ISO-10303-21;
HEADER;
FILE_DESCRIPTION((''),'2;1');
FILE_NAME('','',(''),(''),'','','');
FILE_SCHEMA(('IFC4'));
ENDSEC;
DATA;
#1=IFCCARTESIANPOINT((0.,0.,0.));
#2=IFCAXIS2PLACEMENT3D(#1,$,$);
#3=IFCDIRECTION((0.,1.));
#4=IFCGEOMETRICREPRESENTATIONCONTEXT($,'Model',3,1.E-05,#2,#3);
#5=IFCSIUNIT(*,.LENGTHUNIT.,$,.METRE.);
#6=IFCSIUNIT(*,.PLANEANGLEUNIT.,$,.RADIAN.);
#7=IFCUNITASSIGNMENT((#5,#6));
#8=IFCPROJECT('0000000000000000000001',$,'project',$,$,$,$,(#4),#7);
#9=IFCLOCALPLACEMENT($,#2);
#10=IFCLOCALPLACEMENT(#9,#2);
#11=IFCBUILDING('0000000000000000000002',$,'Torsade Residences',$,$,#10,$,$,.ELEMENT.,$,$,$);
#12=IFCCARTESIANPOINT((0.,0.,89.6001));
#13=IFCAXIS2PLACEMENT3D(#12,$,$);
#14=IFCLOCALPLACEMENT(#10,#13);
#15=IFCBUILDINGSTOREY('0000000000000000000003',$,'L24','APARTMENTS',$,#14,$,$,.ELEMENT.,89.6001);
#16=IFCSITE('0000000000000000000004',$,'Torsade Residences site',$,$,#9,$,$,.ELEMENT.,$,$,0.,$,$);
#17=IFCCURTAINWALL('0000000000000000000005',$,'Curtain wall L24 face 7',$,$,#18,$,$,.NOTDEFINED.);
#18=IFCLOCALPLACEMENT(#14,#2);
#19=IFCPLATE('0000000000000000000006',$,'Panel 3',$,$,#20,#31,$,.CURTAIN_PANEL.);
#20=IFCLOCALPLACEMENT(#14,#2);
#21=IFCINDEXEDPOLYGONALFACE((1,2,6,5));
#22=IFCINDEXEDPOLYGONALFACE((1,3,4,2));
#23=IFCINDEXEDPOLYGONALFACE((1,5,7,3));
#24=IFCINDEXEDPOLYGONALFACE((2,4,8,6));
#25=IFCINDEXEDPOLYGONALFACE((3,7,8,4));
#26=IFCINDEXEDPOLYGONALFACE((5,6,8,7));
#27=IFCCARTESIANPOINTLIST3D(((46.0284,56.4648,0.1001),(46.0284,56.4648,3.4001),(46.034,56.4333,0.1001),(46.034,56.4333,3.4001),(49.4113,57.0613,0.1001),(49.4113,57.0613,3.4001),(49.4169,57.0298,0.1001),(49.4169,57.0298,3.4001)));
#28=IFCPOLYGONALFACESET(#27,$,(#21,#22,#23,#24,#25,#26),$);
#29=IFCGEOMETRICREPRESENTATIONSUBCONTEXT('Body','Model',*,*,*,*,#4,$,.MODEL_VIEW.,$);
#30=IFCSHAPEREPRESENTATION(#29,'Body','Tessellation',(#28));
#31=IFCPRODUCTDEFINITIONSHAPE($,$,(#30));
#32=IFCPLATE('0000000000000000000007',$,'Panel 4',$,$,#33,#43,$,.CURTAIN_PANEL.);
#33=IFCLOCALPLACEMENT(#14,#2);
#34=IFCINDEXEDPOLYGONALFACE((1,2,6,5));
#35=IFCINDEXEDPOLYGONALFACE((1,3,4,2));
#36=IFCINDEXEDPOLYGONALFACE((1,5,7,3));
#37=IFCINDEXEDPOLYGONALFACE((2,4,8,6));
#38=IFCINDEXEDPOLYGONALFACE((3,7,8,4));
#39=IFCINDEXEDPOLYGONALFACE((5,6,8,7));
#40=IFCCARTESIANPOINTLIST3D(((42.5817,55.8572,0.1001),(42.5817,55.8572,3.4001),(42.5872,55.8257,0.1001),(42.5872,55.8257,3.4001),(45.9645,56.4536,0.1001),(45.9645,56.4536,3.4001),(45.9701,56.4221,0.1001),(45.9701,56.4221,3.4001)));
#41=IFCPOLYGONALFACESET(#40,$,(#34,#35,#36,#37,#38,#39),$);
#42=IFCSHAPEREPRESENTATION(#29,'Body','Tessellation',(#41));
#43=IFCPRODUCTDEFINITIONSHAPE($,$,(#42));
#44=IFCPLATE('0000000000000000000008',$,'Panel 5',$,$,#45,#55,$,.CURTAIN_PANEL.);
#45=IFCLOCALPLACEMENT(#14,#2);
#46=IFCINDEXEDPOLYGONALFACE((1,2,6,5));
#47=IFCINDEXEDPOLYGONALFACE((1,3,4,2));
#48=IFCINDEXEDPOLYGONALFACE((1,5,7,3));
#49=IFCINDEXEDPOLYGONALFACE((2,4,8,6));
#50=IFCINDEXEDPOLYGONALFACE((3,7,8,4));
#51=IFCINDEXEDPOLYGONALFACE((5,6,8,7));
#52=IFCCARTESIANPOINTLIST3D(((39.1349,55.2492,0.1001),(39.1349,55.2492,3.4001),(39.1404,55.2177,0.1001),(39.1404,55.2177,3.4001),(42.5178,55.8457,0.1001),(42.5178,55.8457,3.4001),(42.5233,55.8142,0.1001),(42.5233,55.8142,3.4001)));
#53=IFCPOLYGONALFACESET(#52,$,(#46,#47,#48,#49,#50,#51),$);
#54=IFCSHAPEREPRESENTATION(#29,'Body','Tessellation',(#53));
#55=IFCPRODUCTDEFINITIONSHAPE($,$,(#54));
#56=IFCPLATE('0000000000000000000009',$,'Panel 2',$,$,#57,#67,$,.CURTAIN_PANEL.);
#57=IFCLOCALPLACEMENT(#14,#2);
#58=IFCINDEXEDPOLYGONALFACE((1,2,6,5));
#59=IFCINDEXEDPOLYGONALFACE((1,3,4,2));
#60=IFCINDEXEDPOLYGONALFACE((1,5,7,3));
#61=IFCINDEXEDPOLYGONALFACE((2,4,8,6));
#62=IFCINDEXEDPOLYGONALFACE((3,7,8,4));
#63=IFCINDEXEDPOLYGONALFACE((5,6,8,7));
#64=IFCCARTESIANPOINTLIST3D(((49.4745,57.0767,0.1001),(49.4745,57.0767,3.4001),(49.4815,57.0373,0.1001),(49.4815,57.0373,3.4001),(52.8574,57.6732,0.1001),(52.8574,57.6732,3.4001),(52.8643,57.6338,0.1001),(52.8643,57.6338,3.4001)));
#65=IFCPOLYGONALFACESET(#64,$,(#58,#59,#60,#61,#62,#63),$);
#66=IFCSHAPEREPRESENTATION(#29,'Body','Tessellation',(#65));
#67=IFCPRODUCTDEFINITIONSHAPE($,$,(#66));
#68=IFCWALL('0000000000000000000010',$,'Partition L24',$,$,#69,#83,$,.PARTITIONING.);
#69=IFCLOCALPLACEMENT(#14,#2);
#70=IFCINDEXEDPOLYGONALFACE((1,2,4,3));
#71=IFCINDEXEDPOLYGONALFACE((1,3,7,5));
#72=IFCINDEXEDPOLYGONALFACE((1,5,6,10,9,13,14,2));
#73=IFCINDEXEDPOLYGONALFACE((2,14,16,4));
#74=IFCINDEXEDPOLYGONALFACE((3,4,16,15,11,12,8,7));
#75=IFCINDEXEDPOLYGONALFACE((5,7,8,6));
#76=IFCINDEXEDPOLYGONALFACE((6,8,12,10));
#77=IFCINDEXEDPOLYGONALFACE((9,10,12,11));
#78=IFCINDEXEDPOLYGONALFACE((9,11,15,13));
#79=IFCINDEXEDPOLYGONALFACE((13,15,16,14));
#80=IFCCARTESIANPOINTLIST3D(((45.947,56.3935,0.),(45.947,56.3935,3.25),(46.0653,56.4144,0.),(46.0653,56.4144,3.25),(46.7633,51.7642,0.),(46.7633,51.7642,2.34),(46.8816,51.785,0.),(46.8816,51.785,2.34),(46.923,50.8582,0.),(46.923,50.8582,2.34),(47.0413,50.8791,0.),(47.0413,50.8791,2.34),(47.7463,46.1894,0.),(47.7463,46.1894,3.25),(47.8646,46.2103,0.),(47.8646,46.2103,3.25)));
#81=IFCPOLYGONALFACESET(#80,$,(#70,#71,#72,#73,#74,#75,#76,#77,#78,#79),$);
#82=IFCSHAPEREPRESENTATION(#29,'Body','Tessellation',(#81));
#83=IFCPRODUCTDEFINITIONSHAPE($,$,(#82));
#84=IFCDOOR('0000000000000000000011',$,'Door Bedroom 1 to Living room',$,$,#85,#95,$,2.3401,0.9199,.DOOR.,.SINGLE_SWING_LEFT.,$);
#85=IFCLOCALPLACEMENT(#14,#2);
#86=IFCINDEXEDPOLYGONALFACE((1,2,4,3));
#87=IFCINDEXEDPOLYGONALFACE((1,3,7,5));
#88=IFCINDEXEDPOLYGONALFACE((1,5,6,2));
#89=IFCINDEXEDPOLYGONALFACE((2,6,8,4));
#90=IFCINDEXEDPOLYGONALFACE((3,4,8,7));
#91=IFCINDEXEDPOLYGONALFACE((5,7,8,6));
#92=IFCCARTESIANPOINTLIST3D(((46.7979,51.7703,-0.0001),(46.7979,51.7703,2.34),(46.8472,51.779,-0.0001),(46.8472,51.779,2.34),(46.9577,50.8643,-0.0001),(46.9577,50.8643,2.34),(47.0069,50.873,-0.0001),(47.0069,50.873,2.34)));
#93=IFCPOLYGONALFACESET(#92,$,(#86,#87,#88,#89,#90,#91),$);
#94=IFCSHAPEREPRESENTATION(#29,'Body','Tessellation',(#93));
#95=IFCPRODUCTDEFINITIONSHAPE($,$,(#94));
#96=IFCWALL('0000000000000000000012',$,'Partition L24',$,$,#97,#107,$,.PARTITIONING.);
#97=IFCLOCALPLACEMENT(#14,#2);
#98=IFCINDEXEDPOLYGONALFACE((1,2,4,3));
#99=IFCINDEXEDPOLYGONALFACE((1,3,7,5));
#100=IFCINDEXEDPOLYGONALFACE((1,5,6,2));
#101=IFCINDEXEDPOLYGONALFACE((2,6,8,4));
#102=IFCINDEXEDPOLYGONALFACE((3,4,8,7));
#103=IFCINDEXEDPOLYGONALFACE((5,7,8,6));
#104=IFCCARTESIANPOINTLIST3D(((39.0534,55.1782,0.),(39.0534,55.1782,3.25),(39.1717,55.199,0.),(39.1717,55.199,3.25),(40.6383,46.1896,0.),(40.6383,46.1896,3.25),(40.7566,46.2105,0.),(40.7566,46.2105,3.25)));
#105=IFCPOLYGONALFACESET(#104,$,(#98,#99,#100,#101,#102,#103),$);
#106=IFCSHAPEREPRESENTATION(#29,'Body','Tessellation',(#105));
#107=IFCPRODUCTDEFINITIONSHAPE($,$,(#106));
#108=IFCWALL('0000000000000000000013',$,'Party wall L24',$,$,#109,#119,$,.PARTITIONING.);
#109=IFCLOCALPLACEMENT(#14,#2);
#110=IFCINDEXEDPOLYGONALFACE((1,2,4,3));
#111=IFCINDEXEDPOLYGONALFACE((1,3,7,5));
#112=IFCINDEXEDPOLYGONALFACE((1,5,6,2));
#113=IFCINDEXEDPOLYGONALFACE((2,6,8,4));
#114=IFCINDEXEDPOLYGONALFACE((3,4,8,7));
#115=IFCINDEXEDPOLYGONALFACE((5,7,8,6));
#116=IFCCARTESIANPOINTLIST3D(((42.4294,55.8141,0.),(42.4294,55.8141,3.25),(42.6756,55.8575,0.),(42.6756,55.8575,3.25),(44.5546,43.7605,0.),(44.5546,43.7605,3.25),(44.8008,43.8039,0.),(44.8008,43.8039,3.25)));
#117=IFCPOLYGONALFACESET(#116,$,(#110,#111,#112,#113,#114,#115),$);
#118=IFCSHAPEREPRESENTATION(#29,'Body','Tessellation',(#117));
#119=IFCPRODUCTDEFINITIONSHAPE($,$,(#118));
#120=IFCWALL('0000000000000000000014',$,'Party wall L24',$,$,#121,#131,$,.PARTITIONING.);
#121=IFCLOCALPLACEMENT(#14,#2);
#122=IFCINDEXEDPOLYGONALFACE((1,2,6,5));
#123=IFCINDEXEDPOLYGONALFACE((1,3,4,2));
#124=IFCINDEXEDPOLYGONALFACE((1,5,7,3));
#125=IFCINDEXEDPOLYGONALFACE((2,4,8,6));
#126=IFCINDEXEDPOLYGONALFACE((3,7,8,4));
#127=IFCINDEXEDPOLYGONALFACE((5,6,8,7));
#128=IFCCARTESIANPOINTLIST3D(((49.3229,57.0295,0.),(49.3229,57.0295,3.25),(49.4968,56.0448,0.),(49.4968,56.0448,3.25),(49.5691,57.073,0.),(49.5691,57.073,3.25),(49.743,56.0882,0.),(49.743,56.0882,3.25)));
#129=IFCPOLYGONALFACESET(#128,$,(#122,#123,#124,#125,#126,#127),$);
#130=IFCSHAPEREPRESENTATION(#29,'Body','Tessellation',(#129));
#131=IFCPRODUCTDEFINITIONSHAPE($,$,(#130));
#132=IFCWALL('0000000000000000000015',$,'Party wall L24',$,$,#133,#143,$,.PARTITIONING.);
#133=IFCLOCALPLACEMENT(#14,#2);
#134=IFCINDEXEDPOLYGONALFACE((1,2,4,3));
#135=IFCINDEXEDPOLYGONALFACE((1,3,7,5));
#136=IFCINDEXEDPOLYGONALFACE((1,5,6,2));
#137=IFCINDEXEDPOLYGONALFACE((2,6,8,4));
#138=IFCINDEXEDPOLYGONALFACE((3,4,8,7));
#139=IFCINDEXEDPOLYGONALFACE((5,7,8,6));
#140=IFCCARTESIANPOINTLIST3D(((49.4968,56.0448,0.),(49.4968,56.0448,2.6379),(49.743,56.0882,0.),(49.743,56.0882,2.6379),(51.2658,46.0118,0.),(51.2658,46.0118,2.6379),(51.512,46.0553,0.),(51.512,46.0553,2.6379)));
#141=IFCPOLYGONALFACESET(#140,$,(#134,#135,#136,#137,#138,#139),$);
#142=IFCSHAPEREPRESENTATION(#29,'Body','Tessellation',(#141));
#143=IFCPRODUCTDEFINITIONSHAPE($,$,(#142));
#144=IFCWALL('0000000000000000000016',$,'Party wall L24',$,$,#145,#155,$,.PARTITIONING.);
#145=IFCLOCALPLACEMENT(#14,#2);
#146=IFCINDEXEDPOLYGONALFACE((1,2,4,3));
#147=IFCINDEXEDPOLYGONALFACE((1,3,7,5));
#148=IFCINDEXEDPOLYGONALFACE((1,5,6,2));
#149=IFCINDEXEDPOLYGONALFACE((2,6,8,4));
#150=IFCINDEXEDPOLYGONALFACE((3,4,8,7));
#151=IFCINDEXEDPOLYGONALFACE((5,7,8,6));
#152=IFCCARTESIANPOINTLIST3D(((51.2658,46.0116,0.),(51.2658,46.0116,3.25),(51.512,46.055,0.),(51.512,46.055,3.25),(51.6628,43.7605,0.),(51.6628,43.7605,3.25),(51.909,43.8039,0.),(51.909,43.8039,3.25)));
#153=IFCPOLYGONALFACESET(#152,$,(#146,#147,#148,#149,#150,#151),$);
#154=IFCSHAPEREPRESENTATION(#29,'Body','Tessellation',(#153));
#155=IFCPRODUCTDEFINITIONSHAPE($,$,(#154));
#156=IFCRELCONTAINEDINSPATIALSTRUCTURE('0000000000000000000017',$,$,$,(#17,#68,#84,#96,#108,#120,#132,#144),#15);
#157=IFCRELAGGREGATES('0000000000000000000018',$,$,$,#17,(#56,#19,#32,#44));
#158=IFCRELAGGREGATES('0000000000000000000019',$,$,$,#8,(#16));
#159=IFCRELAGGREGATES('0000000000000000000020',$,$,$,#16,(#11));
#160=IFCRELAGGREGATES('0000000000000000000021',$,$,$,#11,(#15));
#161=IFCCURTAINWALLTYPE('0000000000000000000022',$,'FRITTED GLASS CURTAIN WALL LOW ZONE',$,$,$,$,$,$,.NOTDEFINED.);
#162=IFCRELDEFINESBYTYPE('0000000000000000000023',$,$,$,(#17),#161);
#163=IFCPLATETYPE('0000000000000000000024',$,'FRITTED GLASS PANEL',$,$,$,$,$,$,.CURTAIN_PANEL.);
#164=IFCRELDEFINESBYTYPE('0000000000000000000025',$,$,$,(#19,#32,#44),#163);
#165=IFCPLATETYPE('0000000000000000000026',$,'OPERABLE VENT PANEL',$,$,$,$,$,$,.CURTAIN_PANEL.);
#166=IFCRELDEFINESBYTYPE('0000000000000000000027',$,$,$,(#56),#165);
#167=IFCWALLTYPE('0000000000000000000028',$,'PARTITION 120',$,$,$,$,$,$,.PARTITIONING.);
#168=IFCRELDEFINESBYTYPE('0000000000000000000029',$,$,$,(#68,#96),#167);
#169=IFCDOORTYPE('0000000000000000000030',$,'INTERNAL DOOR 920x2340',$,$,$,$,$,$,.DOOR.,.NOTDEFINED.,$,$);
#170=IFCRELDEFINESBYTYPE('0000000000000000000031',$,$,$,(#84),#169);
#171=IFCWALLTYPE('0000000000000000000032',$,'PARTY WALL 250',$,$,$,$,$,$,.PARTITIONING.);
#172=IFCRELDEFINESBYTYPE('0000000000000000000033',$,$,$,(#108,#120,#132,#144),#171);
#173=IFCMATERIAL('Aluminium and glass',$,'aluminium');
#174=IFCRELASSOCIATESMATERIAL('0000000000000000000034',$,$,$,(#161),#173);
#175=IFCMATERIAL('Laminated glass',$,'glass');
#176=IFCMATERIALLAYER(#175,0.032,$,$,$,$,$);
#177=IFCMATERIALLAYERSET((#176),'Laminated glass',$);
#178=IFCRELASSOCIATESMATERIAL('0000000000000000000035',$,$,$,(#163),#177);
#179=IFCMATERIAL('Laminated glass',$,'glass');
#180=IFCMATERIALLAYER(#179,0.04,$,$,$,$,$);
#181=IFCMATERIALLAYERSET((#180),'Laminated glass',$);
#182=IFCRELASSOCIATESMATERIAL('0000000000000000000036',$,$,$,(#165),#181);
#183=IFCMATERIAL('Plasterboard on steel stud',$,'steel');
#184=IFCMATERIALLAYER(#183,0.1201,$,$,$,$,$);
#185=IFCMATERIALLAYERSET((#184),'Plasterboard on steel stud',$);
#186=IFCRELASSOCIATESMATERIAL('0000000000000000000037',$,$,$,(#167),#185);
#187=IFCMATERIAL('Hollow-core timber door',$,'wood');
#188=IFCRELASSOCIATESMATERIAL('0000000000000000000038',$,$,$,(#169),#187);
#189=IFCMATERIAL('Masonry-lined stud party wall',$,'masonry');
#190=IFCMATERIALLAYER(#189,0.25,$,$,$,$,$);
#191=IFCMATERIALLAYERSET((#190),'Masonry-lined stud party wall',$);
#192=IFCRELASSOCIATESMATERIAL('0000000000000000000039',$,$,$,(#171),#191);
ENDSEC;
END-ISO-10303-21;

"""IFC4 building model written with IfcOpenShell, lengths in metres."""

from ifc_helpers import new_model, si_unit, direction, frame, frame_2d, origin, origin_2d, place, context, subcontext, project, spatial, rectangle, extrude, material, layer, layer_set, type_object, element, fill, aggregate, save


model = new_model("IFC4")

# Units and contexts
model_context = context("Model", 3, precision=1e-05, world=origin(), true_north=direction((0.0, 1.0)))
body_context = subcontext(model_context, "Body", "Model", "MODEL_VIEW")
ifc_project = project(units=[si_unit("LENGTHUNIT", "METRE"), si_unit("PLANEANGLEUNIT", "RADIAN")], contexts=[model_context])

# Site, building, storey
site_placement = place(None, origin())
site = spatial("IfcSite", under=ifc_project, at=site_placement, Name="Torsade Residences site", CompositionType="ELEMENT", RefElevation=0.0)
building_placement = place(site_placement, origin())
building = spatial("IfcBuilding", under=site, at=building_placement, Name="Torsade Residences", CompositionType="ELEMENT")
storey_placement = place(building_placement, frame((0.0, 0.0, 89.6001)))
storey = spatial("IfcBuildingStorey", under=building, at=storey_placement, Name="L24", Description="APARTMENTS", CompositionType="ELEMENT", Elevation=89.6001)

# Curtain wall
ifc_material_1 = material(Name="Aluminium and glass", Category="aluminium")
curtain_wall_type = type_object("IfcCurtainWallType", Name="FRITTED GLASS CURTAIN WALL LOW ZONE", PredefinedType="NOTDEFINED", material=ifc_material_1)
curtain_wall_placement = place(storey_placement, origin())
curtain_wall = element("IfcCurtainWall", 1, at=curtain_wall_placement, inside=storey, type_object=curtain_wall_type, Name="Curtain wall L24 face 7", PredefinedType="NOTDEFINED")

# Plates
ifc_material_2 = material(Name="Laminated glass", Category="glass")
ifc_layer_1 = layer(ifc_material_2, 0.032)
ifc_layer_set_1 = layer_set([ifc_layer_1], Name="Laminated glass")
plate_type_1 = type_object("IfcPlateType", Name="FRITTED GLASS PANEL", PredefinedType="CURTAIN_PANEL", material=ifc_layer_set_1)
plate_1_placement = place(storey_placement, frame((47.7227, 56.7473, 0.1001), z_axis=(0.0, 0.0, 1.0), x_axis=(-0.984808, -0.173648, 0.0)))
plate_1 = element("IfcPlate", 2, at=plate_1_placement, type_object=plate_type_1, Name="Panel 3", PredefinedType="CURTAIN_PANEL", context=body_context, shape_type="SweptSolid", body=[
    extrude(rectangle(XDim=3.4351, YDim=0.032, at=origin_2d()), origin(), (0.0, 0.0, 1.0), 3.3),
])
plate_2_placement = place(storey_placement, frame((44.2759, 56.1396, 0.1001), z_axis=(0.0, 0.0, 1.0), x_axis=(-0.984808, -0.173648, 0.0)))
plate_2 = element("IfcPlate", 3, at=plate_2_placement, type_object=plate_type_1, Name="Panel 4", PredefinedType="CURTAIN_PANEL", context=body_context, shape_type="SweptSolid", body=[
    extrude(rectangle(XDim=3.4351, YDim=0.032, at=origin_2d()), origin(), (0.0, 0.0, 1.0), 3.3),
])
plate_3_placement = place(storey_placement, frame((40.8291, 55.5317, 0.1001), z_axis=(0.0, 0.0, 1.0), x_axis=(-0.984808, -0.173648, 0.0)))
plate_3 = element("IfcPlate", 4, at=plate_3_placement, type_object=plate_type_1, Name="Panel 5", PredefinedType="CURTAIN_PANEL", context=body_context, shape_type="SweptSolid", body=[
    extrude(rectangle(XDim=3.4351, YDim=0.032, at=origin_2d()), origin(), (0.0, 0.0, 1.0), 3.3),
])
ifc_material_3 = material(Name="Laminated glass", Category="glass")
ifc_layer_2 = layer(ifc_material_3, 0.04)
ifc_layer_set_2 = layer_set([ifc_layer_2], Name="Laminated glass")
plate_type_2 = type_object("IfcPlateType", Name="OPERABLE VENT PANEL", PredefinedType="CURTAIN_PANEL", material=ifc_layer_set_2)
plate_4_placement = place(storey_placement, frame((51.1694, 57.3552, 0.1001), z_axis=(0.0, 0.0, 1.0), x_axis=(-0.984808, -0.173648, 0.0)))
plate_4 = element("IfcPlate", 5, at=plate_4_placement, type_object=plate_type_2, Name="Panel 2", PredefinedType="CURTAIN_PANEL", context=body_context, shape_type="SweptSolid", body=[
    extrude(rectangle(XDim=3.4351, YDim=0.04, at=origin_2d()), origin(), (0.0, 0.0, 1.0), 3.3),
])
aggregate(curtain_wall, [plate_4, plate_1, plate_2, plate_3])

# Wall, opening, door
ifc_material_4 = material(Name="Plasterboard on steel stud", Category="steel")
ifc_layer_3 = layer(ifc_material_4, 0.1201)
ifc_layer_set_3 = layer_set([ifc_layer_3], Name="Plasterboard on steel stud")
wall_type_1 = type_object("IfcWallType", Name="PARTITION 120", PredefinedType="PARTITIONING", material=ifc_layer_set_3)
wall_1_placement = place(storey_placement, frame((47.8054, 46.2, 0.0), z_axis=(0.0, 0.0, 1.0), x_axis=(-0.173654, 0.984807, 0.0)))
wall_1 = element("IfcWall", 6, at=wall_1_placement, inside=storey, type_object=wall_type_1, Name="Partition L24", PredefinedType="PARTITIONING", context=body_context, shape_type="SweptSolid", body=[
    extrude(rectangle(XDim=10.3616, YDim=0.1201, at=frame_2d((5.1807, 0.0))), origin(), (0.0, 0.0, 1.0), 3.25),
])
opening_placement = place(wall_1_placement, frame((4.7407, 0.0, 0.0)))
opening = element("IfcOpeningElement", 7, at=opening_placement, cuts=wall_1, PredefinedType="OPENING", context=body_context, shape_type="SweptSolid", body=[
    extrude(rectangle(XDim=0.9199, YDim=2.3401, at=frame_2d((0.46, 1.1699))), frame((0.0, 0.0701, 0.0), z_axis=(0.0, -1.0, 0.0), x_axis=(1.0, 0.0, 0.0)), (0.0, 0.0, 1.0), 0.1401),
])
ifc_material_5 = material(Name="Hollow-core timber door", Category="wood")
door_type = type_object("IfcDoorType", Name="INTERNAL DOOR 920x2340", OperationType="NOTDEFINED", PredefinedType="DOOR", material=ifc_material_5)
door_placement = place(opening_placement, origin())
door = element("IfcDoor", 8, at=door_placement, inside=storey, type_object=door_type, Name="Door Bedroom 1 to Living room", OperationType="SINGLE_SWING_LEFT", OverallHeight=2.3401, OverallWidth=0.9199, PredefinedType="DOOR", context=body_context, shape_type="SweptSolid", body=[
    extrude(rectangle(XDim=0.9199, YDim=2.3401, at=frame_2d((0.46, 1.1699))), frame((0.0, 0.0249, 0.0), z_axis=(0.0, -1.0, 0.0), x_axis=(1.0, 0.0, 0.0)), (0.0, 0.0, 1.0), 0.05),
])
fill(opening, door)

# Walls
wall_2_placement = place(storey_placement, frame((39.1125, 55.1885, 0.0), z_axis=(0.0, 0.0, 1.0), x_axis=(0.173653, -0.984807, 0.0)))
element("IfcWall", 9, at=wall_2_placement, inside=storey, type_object=wall_type_1, Name="Partition L24", PredefinedType="PARTITIONING", context=body_context, shape_type="SweptSolid", body=[
    extrude(rectangle(XDim=9.1272, YDim=0.1201, at=frame_2d((4.5635, 0.0))), origin(), (0.0, 0.0, 1.0), 3.25),
])
ifc_material_6 = material(Name="Masonry-lined stud party wall", Category="masonry")
ifc_layer_4 = layer(ifc_material_6, 0.25)
ifc_layer_set_4 = layer_set([ifc_layer_4], Name="Masonry-lined stud party wall")
wall_type_2 = type_object("IfcWallType", Name="PARTY WALL 250", PredefinedType="PARTITIONING", material=ifc_layer_set_4)
wall_3_placement = place(storey_placement, frame((42.5525, 55.8357, 0.0), z_axis=(0.0, 0.0, 1.0), x_axis=(0.17364, -0.984809, 0.0)))
element("IfcWall", 10, at=wall_3_placement, inside=storey, type_object=wall_type_2, Name="Party wall L24", PredefinedType="PARTITIONING", context=body_context, shape_type="SweptSolid", body=[
    extrude(rectangle(XDim=12.2395, YDim=0.25, at=frame_2d((6.1196, 0.0))), origin(), (0.0, 0.0, 1.0), 3.25),
])
wall_4_placement = place(storey_placement, frame((49.446, 57.0513, 0.0), z_axis=(0.0, 0.0, 1.0), x_axis=(0.173813, -0.984779, 0.0)))
element("IfcWall", 11, at=wall_4_placement, inside=storey, type_object=wall_type_2, Name="Party wall L24", PredefinedType="PARTITIONING", context=body_context, shape_type="SweptSolid", body=[
    extrude(rectangle(XDim=1.0, YDim=0.25, at=frame_2d((0.5, 0.0))), origin(), (0.0, 0.0, 1.0), 3.25),
])
wall_5_placement = place(storey_placement, frame((49.6199, 56.0664, 0.0), z_axis=(0.0, 0.0, 1.0), x_axis=(0.173645, -0.984808, 0.0)))
element("IfcWall", 12, at=wall_5_placement, inside=storey, type_object=wall_type_2, Name="Party wall L24", PredefinedType="PARTITIONING", context=body_context, shape_type="SweptSolid", body=[
    extrude(rectangle(XDim=10.1877, YDim=0.25, at=frame_2d((5.0938, 0.0))), origin(), (0.0, 0.0, 1.0), 2.6379),
])
wall_6_placement = place(storey_placement, frame((51.3889, 46.0334, 0.0), z_axis=(0.0, 0.0, 1.0), x_axis=(0.173657, -0.984806, 0.0)))
element("IfcWall", 13, at=wall_6_placement, inside=storey, type_object=wall_type_2, Name="Party wall L24", PredefinedType="PARTITIONING", context=body_context, shape_type="SweptSolid", body=[
    extrude(rectangle(XDim=2.2859, YDim=0.25, at=frame_2d((1.1431, 0.0))), origin(), (0.0, 0.0, 1.0), 3.25),
])

save(model, "model.ifc")
